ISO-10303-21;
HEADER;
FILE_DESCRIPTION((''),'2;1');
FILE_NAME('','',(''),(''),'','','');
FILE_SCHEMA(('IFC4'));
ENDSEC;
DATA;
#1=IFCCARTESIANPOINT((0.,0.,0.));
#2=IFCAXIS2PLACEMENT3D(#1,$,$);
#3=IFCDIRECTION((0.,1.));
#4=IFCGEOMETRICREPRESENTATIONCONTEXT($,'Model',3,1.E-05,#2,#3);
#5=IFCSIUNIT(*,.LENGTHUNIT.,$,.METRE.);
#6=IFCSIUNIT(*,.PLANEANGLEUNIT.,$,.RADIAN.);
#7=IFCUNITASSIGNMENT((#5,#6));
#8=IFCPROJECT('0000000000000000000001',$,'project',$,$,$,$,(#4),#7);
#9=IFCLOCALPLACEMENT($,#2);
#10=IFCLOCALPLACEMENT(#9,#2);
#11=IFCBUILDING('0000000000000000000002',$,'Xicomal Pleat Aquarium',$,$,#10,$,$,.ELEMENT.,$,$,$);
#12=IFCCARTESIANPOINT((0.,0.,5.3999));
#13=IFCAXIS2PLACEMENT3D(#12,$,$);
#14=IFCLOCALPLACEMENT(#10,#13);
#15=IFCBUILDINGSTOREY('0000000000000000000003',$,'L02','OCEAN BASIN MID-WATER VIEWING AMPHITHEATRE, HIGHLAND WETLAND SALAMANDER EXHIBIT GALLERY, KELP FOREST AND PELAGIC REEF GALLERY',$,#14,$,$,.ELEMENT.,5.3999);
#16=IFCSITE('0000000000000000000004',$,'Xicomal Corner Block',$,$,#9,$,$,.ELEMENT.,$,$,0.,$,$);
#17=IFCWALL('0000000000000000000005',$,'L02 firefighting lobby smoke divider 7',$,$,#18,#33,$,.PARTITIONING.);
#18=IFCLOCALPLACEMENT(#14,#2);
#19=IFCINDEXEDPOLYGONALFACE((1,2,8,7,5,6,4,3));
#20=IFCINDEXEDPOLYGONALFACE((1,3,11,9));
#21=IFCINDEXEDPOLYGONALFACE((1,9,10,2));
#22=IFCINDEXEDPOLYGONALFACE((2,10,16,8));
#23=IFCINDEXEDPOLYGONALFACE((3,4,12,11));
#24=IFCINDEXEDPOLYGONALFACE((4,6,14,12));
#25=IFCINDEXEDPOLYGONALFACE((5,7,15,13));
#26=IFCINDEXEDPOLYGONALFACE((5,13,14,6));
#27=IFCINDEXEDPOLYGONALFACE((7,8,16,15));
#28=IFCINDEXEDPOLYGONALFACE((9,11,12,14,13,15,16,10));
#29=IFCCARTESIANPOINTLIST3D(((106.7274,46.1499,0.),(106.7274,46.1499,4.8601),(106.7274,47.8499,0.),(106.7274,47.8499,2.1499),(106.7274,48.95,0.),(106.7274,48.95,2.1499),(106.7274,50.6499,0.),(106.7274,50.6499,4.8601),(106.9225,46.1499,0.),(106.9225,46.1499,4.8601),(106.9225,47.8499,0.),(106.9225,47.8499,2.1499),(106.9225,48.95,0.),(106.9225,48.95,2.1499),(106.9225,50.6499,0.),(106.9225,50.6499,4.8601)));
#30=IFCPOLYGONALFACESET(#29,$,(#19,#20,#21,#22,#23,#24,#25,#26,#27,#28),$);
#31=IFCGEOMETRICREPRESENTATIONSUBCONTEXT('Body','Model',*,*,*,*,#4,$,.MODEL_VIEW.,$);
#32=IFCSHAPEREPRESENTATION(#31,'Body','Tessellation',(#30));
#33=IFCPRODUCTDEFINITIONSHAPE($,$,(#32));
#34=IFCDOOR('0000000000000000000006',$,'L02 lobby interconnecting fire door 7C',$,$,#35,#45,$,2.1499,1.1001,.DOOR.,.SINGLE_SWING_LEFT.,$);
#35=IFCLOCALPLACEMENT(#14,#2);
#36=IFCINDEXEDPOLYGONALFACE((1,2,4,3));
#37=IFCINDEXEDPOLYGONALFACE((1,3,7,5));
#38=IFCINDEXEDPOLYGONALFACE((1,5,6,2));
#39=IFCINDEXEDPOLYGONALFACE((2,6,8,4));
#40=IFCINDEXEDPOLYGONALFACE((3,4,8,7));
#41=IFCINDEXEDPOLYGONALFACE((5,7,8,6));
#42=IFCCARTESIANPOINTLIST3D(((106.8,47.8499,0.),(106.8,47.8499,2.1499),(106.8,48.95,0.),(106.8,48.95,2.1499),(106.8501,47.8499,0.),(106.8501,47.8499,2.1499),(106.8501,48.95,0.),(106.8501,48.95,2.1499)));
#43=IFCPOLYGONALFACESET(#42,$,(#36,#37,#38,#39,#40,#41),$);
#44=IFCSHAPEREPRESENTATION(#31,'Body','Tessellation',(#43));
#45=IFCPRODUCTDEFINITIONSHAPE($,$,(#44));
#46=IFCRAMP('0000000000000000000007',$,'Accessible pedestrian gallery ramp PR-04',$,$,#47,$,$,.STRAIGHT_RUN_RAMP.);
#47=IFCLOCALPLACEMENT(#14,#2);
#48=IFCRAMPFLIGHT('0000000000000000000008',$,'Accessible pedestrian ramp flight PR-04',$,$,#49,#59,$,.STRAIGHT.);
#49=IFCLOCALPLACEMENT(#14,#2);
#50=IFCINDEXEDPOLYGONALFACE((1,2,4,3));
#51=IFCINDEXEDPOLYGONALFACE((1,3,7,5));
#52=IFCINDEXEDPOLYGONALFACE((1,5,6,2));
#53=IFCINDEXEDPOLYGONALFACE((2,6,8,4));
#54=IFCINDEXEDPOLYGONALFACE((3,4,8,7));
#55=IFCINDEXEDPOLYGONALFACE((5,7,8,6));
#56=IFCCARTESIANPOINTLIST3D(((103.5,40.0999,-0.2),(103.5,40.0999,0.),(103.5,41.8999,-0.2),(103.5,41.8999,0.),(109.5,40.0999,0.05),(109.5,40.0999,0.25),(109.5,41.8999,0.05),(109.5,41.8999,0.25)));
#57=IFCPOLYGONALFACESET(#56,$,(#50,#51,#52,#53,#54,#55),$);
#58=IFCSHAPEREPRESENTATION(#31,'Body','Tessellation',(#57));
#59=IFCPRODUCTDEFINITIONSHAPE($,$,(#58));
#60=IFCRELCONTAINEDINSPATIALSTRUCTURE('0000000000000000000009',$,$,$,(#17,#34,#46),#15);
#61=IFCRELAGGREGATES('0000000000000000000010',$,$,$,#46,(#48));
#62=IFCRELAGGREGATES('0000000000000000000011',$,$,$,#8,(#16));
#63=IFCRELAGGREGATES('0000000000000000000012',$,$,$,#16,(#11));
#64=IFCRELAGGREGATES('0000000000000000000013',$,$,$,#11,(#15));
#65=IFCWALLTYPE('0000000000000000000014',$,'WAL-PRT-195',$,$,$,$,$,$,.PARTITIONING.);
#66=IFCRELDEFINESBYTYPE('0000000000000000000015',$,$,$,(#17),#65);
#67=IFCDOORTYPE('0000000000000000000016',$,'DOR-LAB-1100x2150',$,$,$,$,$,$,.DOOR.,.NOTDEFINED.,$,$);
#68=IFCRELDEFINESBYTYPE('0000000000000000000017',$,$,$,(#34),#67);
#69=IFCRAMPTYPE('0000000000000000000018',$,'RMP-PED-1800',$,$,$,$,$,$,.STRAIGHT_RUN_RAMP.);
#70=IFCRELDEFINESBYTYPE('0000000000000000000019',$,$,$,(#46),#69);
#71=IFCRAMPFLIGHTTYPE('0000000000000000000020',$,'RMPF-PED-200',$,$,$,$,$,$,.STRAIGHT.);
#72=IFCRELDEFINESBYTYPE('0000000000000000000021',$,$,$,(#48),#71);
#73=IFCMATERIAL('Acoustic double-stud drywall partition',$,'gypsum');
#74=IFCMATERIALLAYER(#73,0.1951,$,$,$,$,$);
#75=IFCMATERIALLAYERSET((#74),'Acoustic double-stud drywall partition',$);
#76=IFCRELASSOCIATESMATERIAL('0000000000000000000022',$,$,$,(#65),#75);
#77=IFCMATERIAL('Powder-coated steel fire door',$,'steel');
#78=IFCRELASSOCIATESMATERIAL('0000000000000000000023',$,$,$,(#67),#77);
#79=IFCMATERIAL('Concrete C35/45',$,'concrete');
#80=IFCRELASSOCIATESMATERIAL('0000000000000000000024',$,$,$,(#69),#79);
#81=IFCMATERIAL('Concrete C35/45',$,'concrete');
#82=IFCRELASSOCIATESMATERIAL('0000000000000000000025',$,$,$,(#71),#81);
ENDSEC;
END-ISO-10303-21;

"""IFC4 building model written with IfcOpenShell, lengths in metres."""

from ifc_helpers import new_model, si_unit, direction, frame, frame_2d, origin, place, context, subcontext, project, spatial, polyline, rectangle, outline, extrude, material, layer, layer_set, type_object, element, fill, aggregate, save


model = new_model("IFC4")

# Units and contexts
model_context = context("Model", 3, precision=1e-05, world=origin(), true_north=direction((0.0, 1.0)))
body_context = subcontext(model_context, "Body", "Model", "MODEL_VIEW")
ifc_project = project(units=[si_unit("LENGTHUNIT", "METRE"), si_unit("PLANEANGLEUNIT", "RADIAN")], contexts=[model_context])

# Site, building, storey
site_placement = place(None, origin())
site = spatial("IfcSite", under=ifc_project, at=site_placement, Name="Xicomal Corner Block", CompositionType="ELEMENT", RefElevation=0.0)
building_placement = place(site_placement, origin())
building = spatial("IfcBuilding", under=site, at=building_placement, Name="Xicomal Pleat Aquarium", CompositionType="ELEMENT")
storey_placement = place(building_placement, frame((0.0, 0.0, 5.3999)))
storey = spatial("IfcBuildingStorey", under=building, at=storey_placement, Name="L02", Description="OCEAN BASIN MID-WATER VIEWING AMPHITHEATRE, HIGHLAND WETLAND SALAMANDER EXHIBIT GALLERY, KELP FOREST AND PELAGIC REEF GALLERY", CompositionType="ELEMENT", Elevation=5.3999)

# Wall, opening, door
ifc_material_1 = material(Name="Acoustic double-stud drywall partition", Category="gypsum")
ifc_layer_1 = layer(ifc_material_1, 0.1951)
ifc_layer_set_1 = layer_set([ifc_layer_1], Name="Acoustic double-stud drywall partition")
wall_type = type_object("IfcWallType", Name="WAL-PRT-195", PredefinedType="PARTITIONING", material=ifc_layer_set_1)
wall_placement = place(storey_placement, frame((106.825, 46.1499, 0.0), z_axis=(0.0, 0.0, 1.0), x_axis=(0.0, 1.0, 0.0)))
wall = element("IfcWall", 1, at=wall_placement, inside=storey, type_object=wall_type, Name="L02 firefighting lobby smoke divider 7", PredefinedType="PARTITIONING", context=body_context, shape_type="SweptSolid", body=[
    extrude(rectangle(XDim=4.5, YDim=0.1951, at=frame_2d((2.25, 0.0))), origin(), (0.0, 0.0, 1.0), 4.8601),
])
opening_placement = place(wall_placement, frame((1.7, 0.0, 0.0)))
opening = element("IfcOpeningElement", 2, at=opening_placement, cuts=wall, PredefinedType="OPENING", context=body_context, shape_type="SweptSolid", body=[
    extrude(rectangle(XDim=1.1001, YDim=2.1499, at=frame_2d((0.55, 1.075))), frame((0.0, 0.1074, 0.0), z_axis=(0.0, -1.0, 0.0), x_axis=(1.0, 0.0, 0.0)), (0.0, 0.0, 1.0), 0.2151),
])
ifc_material_2 = material(Name="Powder-coated steel fire door", Category="steel")
door_type = type_object("IfcDoorType", Name="DOR-LAB-1100x2150", OperationType="NOTDEFINED", PredefinedType="DOOR", material=ifc_material_2)
door_placement = place(opening_placement, origin())
door = element("IfcDoor", 3, at=door_placement, inside=storey, type_object=door_type, Name="L02 lobby interconnecting fire door 7C", OperationType="SINGLE_SWING_LEFT", OverallHeight=2.1499, OverallWidth=1.1001, PredefinedType="DOOR", context=body_context, shape_type="SweptSolid", body=[
    extrude(rectangle(XDim=1.1001, YDim=2.1499, at=frame_2d((0.55, 1.075))), frame((0.0, 0.0249, 0.0), z_axis=(0.0, -1.0, 0.0), x_axis=(1.0, 0.0, 0.0)), (0.0, 0.0, 1.0), 0.05),
])
fill(opening, door)

# Ramp, ramp flight
ifc_material_3 = material(Name="Concrete C35/45", Category="concrete")
ramp_type = type_object("IfcRampType", Name="RMP-PED-1800", PredefinedType="STRAIGHT_RUN_RAMP", material=ifc_material_3)
ramp_placement = place(storey_placement, origin())
ramp = element("IfcRamp", 4, at=ramp_placement, inside=storey, type_object=ramp_type, Name="Accessible pedestrian gallery ramp PR-04", PredefinedType="STRAIGHT_RUN_RAMP")
ifc_material_4 = material(Name="Concrete C35/45", Category="concrete")
ramp_flight_type = type_object("IfcRampFlightType", Name="RMPF-PED-200", PredefinedType="STRAIGHT", material=ifc_material_4)
ramp_flight_placement = place(storey_placement, frame((103.5, 41.0, 0.0), z_axis=(0.0, 0.0, 1.0), x_axis=(1.0, 0.0, 0.0)))
ramp_flight = element("IfcRampFlight", 5, at=ramp_flight_placement, type_object=ramp_flight_type, Name="Accessible pedestrian ramp flight PR-04", PredefinedType="STRAIGHT", context=body_context, shape_type="SweptSolid", body=[
    extrude(outline(polyline([(0.0, 0.0), (6.0, 0.25), (6.0, 0.05), (0.0, -0.2), (0.0, 0.0)])), frame((0.0, 0.8999, 0.0), z_axis=(0.0, -1.0, 0.0), x_axis=(1.0, 0.0, 0.0)), (0.0, 0.0, 1.0), 1.8),
])
aggregate(ramp, [ramp_flight])

save(model, "model.ifc")
